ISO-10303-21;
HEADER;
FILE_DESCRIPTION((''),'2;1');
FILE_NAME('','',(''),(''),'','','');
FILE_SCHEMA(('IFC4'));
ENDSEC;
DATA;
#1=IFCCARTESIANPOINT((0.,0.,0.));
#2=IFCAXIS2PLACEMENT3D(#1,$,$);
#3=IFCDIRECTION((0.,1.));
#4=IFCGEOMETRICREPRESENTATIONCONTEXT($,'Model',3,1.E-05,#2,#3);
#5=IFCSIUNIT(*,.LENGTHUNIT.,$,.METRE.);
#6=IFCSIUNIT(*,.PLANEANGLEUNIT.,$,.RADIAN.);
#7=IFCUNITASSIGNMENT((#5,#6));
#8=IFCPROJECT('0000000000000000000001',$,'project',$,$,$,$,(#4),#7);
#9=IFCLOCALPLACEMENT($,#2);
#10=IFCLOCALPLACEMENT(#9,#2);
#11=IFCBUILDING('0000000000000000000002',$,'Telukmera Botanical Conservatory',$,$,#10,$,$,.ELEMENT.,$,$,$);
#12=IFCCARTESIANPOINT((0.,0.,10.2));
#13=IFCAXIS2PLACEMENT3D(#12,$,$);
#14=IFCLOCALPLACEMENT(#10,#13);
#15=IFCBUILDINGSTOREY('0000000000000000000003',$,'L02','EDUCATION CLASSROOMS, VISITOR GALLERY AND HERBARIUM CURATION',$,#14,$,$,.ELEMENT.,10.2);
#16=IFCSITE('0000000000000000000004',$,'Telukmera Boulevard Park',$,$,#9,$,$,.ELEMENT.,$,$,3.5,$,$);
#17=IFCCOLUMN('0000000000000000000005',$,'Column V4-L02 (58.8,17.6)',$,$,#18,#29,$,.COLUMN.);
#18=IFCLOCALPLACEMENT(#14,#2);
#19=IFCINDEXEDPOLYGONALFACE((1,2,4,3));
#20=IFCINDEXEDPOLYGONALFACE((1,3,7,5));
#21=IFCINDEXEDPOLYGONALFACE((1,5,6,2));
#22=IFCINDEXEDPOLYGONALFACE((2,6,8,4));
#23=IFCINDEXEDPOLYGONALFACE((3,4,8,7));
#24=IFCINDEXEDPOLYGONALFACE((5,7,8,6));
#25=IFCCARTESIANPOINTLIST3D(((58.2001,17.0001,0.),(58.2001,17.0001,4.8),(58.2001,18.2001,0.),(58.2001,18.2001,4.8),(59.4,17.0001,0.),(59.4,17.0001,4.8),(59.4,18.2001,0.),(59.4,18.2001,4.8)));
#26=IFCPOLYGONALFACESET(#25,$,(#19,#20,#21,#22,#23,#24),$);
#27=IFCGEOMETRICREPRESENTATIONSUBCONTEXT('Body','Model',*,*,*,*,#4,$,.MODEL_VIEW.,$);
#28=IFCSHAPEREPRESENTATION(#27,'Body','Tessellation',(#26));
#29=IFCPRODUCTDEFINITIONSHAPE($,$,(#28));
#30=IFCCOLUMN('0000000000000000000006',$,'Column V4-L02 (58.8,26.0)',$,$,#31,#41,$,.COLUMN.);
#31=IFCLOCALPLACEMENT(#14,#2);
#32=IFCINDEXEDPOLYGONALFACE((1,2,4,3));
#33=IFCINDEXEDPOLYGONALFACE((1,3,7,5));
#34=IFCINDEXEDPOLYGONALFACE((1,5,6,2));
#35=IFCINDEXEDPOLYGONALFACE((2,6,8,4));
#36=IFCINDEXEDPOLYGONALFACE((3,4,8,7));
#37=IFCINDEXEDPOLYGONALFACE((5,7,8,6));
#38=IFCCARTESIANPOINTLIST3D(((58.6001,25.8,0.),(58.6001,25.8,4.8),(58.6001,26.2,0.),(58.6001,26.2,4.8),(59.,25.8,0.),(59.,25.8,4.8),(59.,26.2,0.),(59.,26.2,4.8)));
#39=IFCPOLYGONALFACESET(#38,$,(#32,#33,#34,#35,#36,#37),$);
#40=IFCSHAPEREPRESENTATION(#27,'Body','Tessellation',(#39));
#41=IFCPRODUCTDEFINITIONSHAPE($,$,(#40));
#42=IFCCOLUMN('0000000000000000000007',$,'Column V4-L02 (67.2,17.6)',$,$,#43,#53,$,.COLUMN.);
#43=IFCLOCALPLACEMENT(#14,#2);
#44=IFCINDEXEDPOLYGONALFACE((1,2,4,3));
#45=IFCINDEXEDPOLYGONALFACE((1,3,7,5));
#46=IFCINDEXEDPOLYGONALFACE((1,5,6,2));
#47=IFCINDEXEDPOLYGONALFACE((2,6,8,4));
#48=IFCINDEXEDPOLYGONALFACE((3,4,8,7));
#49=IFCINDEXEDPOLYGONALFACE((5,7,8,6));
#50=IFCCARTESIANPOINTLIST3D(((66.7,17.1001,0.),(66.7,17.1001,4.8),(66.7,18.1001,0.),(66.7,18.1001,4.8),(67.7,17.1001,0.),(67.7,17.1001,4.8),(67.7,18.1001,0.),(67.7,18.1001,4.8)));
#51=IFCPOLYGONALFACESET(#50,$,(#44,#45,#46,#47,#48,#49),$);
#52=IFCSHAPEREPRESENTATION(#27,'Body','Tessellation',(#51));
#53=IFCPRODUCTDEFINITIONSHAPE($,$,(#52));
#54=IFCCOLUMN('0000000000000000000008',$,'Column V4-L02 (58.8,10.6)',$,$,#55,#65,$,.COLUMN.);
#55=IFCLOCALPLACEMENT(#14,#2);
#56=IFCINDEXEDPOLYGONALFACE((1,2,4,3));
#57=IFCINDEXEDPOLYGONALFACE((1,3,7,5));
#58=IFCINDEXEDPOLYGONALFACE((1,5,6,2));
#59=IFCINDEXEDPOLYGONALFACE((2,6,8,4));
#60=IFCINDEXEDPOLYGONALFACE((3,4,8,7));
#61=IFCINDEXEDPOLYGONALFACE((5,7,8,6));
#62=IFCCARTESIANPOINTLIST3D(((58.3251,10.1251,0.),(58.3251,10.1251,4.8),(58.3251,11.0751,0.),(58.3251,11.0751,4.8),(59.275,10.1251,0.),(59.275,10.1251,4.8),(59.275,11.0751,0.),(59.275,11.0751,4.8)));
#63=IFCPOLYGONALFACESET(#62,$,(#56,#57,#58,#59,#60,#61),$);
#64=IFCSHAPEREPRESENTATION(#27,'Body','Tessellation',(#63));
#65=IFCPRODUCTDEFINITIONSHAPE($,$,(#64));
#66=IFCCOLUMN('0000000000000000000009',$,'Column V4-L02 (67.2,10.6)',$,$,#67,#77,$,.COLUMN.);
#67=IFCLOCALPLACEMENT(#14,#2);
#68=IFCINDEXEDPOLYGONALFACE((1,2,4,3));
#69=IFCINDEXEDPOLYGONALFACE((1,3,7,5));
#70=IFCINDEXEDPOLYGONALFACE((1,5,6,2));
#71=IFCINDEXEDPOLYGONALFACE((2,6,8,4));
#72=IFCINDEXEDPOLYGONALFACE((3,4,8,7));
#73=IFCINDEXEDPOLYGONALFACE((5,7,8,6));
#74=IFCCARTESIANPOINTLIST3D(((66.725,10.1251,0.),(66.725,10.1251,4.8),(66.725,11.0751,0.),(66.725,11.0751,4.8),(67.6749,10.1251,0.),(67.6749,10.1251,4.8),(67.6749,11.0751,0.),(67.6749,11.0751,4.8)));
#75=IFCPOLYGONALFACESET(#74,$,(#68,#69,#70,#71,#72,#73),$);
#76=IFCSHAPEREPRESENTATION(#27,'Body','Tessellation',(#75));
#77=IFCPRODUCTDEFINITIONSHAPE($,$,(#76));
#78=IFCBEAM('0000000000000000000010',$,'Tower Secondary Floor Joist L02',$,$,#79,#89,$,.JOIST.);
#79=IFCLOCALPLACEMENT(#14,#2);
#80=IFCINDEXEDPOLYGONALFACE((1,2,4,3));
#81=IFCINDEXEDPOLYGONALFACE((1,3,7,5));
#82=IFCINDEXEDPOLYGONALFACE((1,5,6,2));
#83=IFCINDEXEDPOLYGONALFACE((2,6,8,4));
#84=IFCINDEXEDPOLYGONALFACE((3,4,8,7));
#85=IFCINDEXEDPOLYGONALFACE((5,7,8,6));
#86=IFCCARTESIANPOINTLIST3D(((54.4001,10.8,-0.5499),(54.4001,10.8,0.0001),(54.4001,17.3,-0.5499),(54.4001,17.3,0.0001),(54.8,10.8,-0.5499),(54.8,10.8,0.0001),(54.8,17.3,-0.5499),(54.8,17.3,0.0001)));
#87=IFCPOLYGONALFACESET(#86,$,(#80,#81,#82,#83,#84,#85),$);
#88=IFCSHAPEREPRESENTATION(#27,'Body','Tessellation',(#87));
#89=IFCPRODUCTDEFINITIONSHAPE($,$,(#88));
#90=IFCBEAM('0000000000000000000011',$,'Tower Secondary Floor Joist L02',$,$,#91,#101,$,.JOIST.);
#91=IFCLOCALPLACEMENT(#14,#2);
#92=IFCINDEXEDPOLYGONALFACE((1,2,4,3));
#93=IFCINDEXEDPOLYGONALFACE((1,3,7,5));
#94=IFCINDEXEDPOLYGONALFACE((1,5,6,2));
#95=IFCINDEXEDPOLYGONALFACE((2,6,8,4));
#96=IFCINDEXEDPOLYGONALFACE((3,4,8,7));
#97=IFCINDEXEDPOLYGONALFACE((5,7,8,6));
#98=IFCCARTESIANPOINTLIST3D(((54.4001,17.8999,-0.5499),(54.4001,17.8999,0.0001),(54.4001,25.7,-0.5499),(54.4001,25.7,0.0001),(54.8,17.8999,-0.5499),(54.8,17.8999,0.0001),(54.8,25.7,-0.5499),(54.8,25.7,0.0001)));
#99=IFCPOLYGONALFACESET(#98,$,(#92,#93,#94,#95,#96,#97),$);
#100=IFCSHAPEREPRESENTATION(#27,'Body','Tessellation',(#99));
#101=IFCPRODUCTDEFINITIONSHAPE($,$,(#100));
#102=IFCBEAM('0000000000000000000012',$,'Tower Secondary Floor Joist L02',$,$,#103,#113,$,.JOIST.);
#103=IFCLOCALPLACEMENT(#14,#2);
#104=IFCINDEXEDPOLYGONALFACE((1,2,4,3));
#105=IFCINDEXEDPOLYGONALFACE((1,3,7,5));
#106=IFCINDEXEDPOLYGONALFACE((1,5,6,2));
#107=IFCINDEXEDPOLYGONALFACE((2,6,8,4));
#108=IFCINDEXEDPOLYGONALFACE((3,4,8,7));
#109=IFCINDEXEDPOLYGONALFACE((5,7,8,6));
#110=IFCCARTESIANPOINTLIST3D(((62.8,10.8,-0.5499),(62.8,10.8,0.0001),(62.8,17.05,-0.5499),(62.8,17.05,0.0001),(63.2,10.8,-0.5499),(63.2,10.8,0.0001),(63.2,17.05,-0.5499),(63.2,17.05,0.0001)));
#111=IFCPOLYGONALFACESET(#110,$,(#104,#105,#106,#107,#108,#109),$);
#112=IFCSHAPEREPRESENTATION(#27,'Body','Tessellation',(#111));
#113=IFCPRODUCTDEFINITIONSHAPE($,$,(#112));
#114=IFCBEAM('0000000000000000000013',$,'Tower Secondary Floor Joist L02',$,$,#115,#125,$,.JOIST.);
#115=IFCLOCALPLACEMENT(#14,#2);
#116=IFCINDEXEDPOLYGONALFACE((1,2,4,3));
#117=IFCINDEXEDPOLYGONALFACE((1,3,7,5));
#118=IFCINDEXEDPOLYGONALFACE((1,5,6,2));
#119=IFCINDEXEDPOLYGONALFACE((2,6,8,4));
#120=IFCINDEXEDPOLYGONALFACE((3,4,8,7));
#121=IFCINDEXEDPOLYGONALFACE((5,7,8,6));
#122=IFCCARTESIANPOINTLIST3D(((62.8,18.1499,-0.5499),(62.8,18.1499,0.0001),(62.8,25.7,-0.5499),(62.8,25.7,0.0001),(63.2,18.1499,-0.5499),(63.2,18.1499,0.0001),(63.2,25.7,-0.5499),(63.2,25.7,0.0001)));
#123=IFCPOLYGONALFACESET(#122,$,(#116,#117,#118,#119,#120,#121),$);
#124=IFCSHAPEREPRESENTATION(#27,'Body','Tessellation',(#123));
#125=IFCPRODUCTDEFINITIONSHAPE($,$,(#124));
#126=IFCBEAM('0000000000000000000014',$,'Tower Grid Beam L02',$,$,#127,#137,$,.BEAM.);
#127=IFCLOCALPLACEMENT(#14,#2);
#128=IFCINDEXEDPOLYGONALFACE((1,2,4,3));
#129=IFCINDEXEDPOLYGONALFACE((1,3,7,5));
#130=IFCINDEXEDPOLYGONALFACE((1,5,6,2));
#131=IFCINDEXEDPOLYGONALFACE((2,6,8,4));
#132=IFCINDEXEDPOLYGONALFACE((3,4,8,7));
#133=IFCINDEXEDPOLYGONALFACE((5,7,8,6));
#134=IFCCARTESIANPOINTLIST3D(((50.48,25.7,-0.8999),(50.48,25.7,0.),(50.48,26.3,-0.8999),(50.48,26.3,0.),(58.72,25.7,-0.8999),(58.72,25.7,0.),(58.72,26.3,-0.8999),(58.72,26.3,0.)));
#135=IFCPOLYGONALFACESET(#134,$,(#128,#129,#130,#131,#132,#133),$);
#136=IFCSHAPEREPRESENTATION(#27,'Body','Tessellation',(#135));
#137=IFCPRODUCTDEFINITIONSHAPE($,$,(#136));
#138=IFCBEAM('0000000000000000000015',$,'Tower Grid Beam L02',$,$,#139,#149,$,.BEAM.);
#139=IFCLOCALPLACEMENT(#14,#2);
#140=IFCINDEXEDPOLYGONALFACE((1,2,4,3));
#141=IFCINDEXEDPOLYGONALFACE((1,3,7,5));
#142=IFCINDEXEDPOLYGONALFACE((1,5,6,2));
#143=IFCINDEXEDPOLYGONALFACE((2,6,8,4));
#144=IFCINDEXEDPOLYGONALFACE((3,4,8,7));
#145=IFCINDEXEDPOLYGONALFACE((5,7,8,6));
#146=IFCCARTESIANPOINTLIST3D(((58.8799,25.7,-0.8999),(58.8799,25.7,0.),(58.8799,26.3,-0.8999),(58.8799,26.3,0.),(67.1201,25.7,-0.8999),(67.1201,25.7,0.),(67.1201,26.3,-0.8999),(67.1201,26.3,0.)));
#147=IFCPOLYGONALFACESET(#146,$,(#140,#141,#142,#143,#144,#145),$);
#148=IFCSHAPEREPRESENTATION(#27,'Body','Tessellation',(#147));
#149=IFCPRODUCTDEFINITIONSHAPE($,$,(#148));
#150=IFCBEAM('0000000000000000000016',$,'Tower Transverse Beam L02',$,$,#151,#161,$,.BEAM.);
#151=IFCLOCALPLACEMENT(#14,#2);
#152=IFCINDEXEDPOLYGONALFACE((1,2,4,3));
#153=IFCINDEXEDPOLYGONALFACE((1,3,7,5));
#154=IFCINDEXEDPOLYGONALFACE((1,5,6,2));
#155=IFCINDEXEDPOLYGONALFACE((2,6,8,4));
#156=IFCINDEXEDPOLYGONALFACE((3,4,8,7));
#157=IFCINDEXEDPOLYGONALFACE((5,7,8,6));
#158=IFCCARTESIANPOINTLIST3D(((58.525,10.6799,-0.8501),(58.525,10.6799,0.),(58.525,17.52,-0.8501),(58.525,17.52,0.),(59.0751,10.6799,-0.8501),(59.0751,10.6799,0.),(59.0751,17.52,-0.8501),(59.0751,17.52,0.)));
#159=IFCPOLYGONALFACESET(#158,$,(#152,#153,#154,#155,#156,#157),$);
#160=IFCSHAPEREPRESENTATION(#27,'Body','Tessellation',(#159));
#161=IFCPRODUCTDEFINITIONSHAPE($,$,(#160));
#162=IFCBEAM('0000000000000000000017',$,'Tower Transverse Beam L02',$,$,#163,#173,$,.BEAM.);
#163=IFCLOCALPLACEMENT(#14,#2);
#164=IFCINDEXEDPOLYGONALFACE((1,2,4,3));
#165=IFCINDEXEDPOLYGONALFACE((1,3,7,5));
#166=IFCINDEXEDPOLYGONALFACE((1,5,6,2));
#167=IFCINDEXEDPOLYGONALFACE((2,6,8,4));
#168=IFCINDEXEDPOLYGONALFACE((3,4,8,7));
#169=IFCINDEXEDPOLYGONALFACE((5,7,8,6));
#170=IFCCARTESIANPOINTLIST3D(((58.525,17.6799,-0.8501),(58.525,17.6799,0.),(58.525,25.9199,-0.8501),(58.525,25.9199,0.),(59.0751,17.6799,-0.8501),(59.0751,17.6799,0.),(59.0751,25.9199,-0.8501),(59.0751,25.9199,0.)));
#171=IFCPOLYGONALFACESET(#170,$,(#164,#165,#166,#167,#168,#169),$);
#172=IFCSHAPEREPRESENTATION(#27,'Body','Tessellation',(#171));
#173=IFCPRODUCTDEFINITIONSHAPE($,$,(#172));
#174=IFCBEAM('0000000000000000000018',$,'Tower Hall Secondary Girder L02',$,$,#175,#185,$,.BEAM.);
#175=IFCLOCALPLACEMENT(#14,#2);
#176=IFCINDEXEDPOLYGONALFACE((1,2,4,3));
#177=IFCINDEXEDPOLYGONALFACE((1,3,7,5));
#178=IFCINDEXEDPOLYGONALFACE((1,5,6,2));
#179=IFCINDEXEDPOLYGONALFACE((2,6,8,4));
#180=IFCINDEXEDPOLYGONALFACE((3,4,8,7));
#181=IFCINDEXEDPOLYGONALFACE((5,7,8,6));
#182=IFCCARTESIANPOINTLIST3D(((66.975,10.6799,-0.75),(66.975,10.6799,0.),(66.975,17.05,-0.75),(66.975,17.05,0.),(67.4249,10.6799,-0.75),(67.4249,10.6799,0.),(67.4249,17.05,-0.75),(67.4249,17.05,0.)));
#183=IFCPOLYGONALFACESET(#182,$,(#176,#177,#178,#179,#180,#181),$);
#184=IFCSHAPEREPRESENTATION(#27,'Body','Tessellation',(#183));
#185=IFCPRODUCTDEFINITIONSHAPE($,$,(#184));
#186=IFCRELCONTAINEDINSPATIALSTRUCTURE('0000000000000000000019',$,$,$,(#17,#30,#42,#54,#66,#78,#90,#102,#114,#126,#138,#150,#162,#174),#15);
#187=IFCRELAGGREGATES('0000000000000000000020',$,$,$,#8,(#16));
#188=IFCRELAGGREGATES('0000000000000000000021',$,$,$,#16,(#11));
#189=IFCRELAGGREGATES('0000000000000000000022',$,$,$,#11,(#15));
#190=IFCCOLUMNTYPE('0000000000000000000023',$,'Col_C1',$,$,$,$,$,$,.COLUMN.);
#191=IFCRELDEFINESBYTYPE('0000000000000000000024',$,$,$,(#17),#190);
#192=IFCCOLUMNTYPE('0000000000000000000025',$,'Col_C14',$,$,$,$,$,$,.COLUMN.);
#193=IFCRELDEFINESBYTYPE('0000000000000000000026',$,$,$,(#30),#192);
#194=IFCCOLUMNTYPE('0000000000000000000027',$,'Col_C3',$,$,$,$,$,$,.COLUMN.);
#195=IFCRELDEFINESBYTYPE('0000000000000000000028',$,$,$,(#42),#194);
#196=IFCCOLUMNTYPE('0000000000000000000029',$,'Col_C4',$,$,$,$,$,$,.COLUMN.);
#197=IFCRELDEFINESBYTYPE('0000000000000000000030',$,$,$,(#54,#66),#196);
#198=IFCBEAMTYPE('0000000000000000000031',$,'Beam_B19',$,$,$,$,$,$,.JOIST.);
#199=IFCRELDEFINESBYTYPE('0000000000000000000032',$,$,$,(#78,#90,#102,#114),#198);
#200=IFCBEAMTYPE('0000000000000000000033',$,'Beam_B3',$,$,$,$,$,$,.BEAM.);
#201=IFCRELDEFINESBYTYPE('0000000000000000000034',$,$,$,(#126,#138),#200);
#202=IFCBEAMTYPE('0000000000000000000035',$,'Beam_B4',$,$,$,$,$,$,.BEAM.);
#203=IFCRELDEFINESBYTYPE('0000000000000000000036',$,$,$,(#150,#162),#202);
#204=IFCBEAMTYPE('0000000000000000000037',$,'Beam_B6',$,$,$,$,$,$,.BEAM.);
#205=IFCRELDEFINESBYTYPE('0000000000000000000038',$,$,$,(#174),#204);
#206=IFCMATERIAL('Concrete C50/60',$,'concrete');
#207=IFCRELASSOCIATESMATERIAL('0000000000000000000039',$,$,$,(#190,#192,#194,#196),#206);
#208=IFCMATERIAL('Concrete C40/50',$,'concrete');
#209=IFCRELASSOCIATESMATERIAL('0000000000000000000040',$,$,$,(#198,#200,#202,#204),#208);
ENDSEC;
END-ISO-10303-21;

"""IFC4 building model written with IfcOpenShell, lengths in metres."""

from ifc_helpers import new_model, si_unit, direction, frame, origin, origin_2d, place, context, subcontext, project, spatial, rectangle, extrude, material, material_profile, profile_set, type_object, element, save


model = new_model("IFC4")

# Units and contexts
model_context = context("Model", 3, precision=1e-05, world=origin(), true_north=direction((0.0, 1.0)))
body_context = subcontext(model_context, "Body", "Model", "MODEL_VIEW")
ifc_project = project(units=[si_unit("LENGTHUNIT", "METRE"), si_unit("PLANEANGLEUNIT", "RADIAN")], contexts=[model_context])

# Site, building, storey
site_placement = place(None, origin())
site = spatial("IfcSite", under=ifc_project, at=site_placement, Name="Telukmera Boulevard Park", CompositionType="ELEMENT", RefElevation=3.5)
building_placement = place(site_placement, origin())
building = spatial("IfcBuilding", under=site, at=building_placement, Name="Telukmera Botanical Conservatory", CompositionType="ELEMENT")
storey_placement = place(building_placement, frame((0.0, 0.0, 10.2)))
storey = spatial("IfcBuildingStorey", under=building, at=storey_placement, Name="L02", Description="EDUCATION CLASSROOMS, VISITOR GALLERY AND HERBARIUM CURATION", CompositionType="ELEMENT", Elevation=10.2)

# Columns
ifc_material_1 = material(Name="Concrete C50/60", Category="concrete")
ifc_material_profile_1 = material_profile(ifc_material_1, rectangle(XDim=1.2, YDim=1.2, at=origin_2d()), Name="RC 1200x1200")
ifc_profile_set_1 = profile_set([ifc_material_profile_1], Name="Concrete C50/60")
column_type_1 = type_object("IfcColumnType", Name="Col_C1", PredefinedType="COLUMN", material=ifc_profile_set_1)
column_1_placement = place(storey_placement, frame((58.8, 17.6001, 0.0), z_axis=(0.0, 0.0, 1.0), x_axis=(1.0, 0.0, 0.0)))
element("IfcColumn", 1, at=column_1_placement, inside=storey, type_object=column_type_1, Name="Column V4-L02 (58.8,17.6)", PredefinedType="COLUMN", context=body_context, shape_type="SweptSolid", body=[
    extrude(rectangle(XDim=1.2, YDim=1.2, at=origin_2d()), origin(), (0.0, 0.0, 1.0), 4.8),
])
ifc_material_profile_2 = material_profile(ifc_material_1, rectangle(XDim=0.3999, YDim=0.3999, at=origin_2d()), Name="RC 400x400")
ifc_profile_set_2 = profile_set([ifc_material_profile_2], Name="Concrete C50/60")
column_type_2 = type_object("IfcColumnType", Name="Col_C14", PredefinedType="COLUMN", material=ifc_profile_set_2)
column_2_placement = place(storey_placement, frame((58.8, 26.0, 0.0), z_axis=(0.0, 0.0, 1.0), x_axis=(1.0, 0.0, 0.0)))
element("IfcColumn", 2, at=column_2_placement, inside=storey, type_object=column_type_2, Name="Column V4-L02 (58.8,26.0)", PredefinedType="COLUMN", context=body_context, shape_type="SweptSolid", body=[
    extrude(rectangle(XDim=0.3999, YDim=0.3999, at=origin_2d()), origin(), (0.0, 0.0, 1.0), 4.8),
])
ifc_material_profile_3 = material_profile(ifc_material_1, rectangle(XDim=1.0, YDim=1.0, at=origin_2d()), Name="RC 1000x1000")
ifc_profile_set_3 = profile_set([ifc_material_profile_3], Name="Concrete C50/60")
column_type_3 = type_object("IfcColumnType", Name="Col_C3", PredefinedType="COLUMN", material=ifc_profile_set_3)
column_3_placement = place(storey_placement, frame((67.2, 17.6001, 0.0), z_axis=(0.0, 0.0, 1.0), x_axis=(1.0, 0.0, 0.0)))
element("IfcColumn", 3, at=column_3_placement, inside=storey, type_object=column_type_3, Name="Column V4-L02 (67.2,17.6)", PredefinedType="COLUMN", context=body_context, shape_type="SweptSolid", body=[
    extrude(rectangle(XDim=1.0, YDim=1.0, at=origin_2d()), origin(), (0.0, 0.0, 1.0), 4.8),
])
ifc_material_profile_4 = material_profile(ifc_material_1, rectangle(XDim=0.95, YDim=0.95, at=origin_2d()), Name="RC 950x950")
ifc_profile_set_4 = profile_set([ifc_material_profile_4], Name="Concrete C50/60")
column_type_4 = type_object("IfcColumnType", Name="Col_C4", PredefinedType="COLUMN", material=ifc_profile_set_4)
for number, where, z_axis, x_axis, name in (
    (4, (58.8, 10.6001, 0.0), (0.0, 0.0, 1.0), (1.0, 0.0, 0.0), "Column V4-L02 (58.8,10.6)"),
    (5, (67.2, 10.6001, 0.0), (0.0, 0.0, 1.0), (1.0, 0.0, 0.0), "Column V4-L02 (67.2,10.6)"),
):
    element("IfcColumn", number, at=place(storey_placement, frame(where, z_axis=z_axis, x_axis=x_axis)), inside=storey, type_object=column_type_4, Name=name, PredefinedType="COLUMN", context=body_context, shape_type="SweptSolid", body=[
        extrude(rectangle(XDim=0.95, YDim=0.95, at=origin_2d()), origin(), (0.0, 0.0, 1.0), 4.8),
    ])

# Beams
ifc_material_2 = material(Name="Concrete C40/50", Category="concrete")
ifc_material_profile_5 = material_profile(ifc_material_2, rectangle(XDim=0.3999, YDim=0.55, at=origin_2d()), Name="RC 400x550")
ifc_profile_set_5 = profile_set([ifc_material_profile_5], Name="Concrete C40/50")
beam_type_1 = type_object("IfcBeamType", Name="Beam_B19", PredefinedType="JOIST", material=ifc_profile_set_5)
beam_1_placement = place(storey_placement, frame((54.6001, 10.8, -0.2749), z_axis=(0.0, 1.0, 0.0), x_axis=(-1.0, 0.0, 0.0)))
element("IfcBeam", 6, at=beam_1_placement, inside=storey, type_object=beam_type_1, Name="Tower Secondary Floor Joist L02", PredefinedType="JOIST", context=body_context, shape_type="SweptSolid", body=[
    extrude(rectangle(XDim=0.3999, YDim=0.55, at=origin_2d()), origin(), (0.0, 0.0, 1.0), 6.5),
])
beam_2_placement = place(storey_placement, frame((54.6001, 17.8999, -0.2749), z_axis=(0.0, 1.0, 0.0), x_axis=(-1.0, 0.0, 0.0)))
element("IfcBeam", 7, at=beam_2_placement, inside=storey, type_object=beam_type_1, Name="Tower Secondary Floor Joist L02", PredefinedType="JOIST", context=body_context, shape_type="SweptSolid", body=[
    extrude(rectangle(XDim=0.3999, YDim=0.55, at=origin_2d()), origin(), (0.0, 0.0, 1.0), 7.8),
])
beam_3_placement = place(storey_placement, frame((63.0, 10.8, -0.2749), z_axis=(0.0, 1.0, 0.0), x_axis=(-1.0, 0.0, 0.0)))
element("IfcBeam", 8, at=beam_3_placement, inside=storey, type_object=beam_type_1, Name="Tower Secondary Floor Joist L02", PredefinedType="JOIST", context=body_context, shape_type="SweptSolid", body=[
    extrude(rectangle(XDim=0.3999, YDim=0.55, at=origin_2d()), origin(), (0.0, 0.0, 1.0), 6.25),
])
beam_4_placement = place(storey_placement, frame((63.0, 18.1499, -0.2749), z_axis=(0.0, 1.0, 0.0), x_axis=(-1.0, 0.0, 0.0)))
element("IfcBeam", 9, at=beam_4_placement, inside=storey, type_object=beam_type_1, Name="Tower Secondary Floor Joist L02", PredefinedType="JOIST", context=body_context, shape_type="SweptSolid", body=[
    extrude(rectangle(XDim=0.3999, YDim=0.55, at=origin_2d()), origin(), (0.0, 0.0, 1.0), 7.55),
])
ifc_material_profile_6 = material_profile(ifc_material_2, rectangle(XDim=0.6001, YDim=0.8999, at=origin_2d()), Name="RC 600x900")
ifc_profile_set_6 = profile_set([ifc_material_profile_6], Name="Concrete C40/50")
beam_type_2 = type_object("IfcBeamType", Name="Beam_B3", PredefinedType="BEAM", material=ifc_profile_set_6)
beam_5_placement = place(storey_placement, frame((50.48, 26.0, -0.45), z_axis=(1.0, 0.0, 0.0), x_axis=(0.0, 1.0, 0.0)))
element("IfcBeam", 10, at=beam_5_placement, inside=storey, type_object=beam_type_2, Name="Tower Grid Beam L02", PredefinedType="BEAM", context=body_context, shape_type="SweptSolid", body=[
    extrude(rectangle(XDim=0.6001, YDim=0.8999, at=origin_2d()), origin(), (0.0, 0.0, 1.0), 8.24),
])
beam_6_placement = place(storey_placement, frame((58.8799, 26.0, -0.45), z_axis=(1.0, 0.0, 0.0), x_axis=(0.0, 1.0, 0.0)))
element("IfcBeam", 11, at=beam_6_placement, inside=storey, type_object=beam_type_2, Name="Tower Grid Beam L02", PredefinedType="BEAM", context=body_context, shape_type="SweptSolid", body=[
    extrude(rectangle(XDim=0.6001, YDim=0.8999, at=origin_2d()), origin(), (0.0, 0.0, 1.0), 8.2402),
])
ifc_material_profile_7 = material_profile(ifc_material_2, rectangle(XDim=0.55, YDim=0.8501, at=origin_2d()), Name="RC 550x850")
ifc_profile_set_7 = profile_set([ifc_material_profile_7], Name="Concrete C40/50")
beam_type_3 = type_object("IfcBeamType", Name="Beam_B4", PredefinedType="BEAM", material=ifc_profile_set_7)
beam_7_placement = place(storey_placement, frame((58.8, 10.6799, -0.425), z_axis=(0.0, 1.0, 0.0), x_axis=(-1.0, 0.0, 0.0)))
element("IfcBeam", 12, at=beam_7_placement, inside=storey, type_object=beam_type_3, Name="Tower Transverse Beam L02", PredefinedType="BEAM", context=body_context, shape_type="SweptSolid", body=[
    extrude(rectangle(XDim=0.55, YDim=0.8501, at=origin_2d()), origin(), (0.0, 0.0, 1.0), 6.8401),
])
beam_8_placement = place(storey_placement, frame((58.8, 17.6799, -0.425), z_axis=(0.0, 1.0, 0.0), x_axis=(-1.0, 0.0, 0.0)))
element("IfcBeam", 13, at=beam_8_placement, inside=storey, type_object=beam_type_3, Name="Tower Transverse Beam L02", PredefinedType="BEAM", context=body_context, shape_type="SweptSolid", body=[
    extrude(rectangle(XDim=0.55, YDim=0.8501, at=origin_2d()), origin(), (0.0, 0.0, 1.0), 8.24),
])
ifc_material_profile_8 = material_profile(ifc_material_2, rectangle(XDim=0.45, YDim=0.75, at=origin_2d()), Name="RC 450x750")
ifc_profile_set_8 = profile_set([ifc_material_profile_8], Name="Concrete C40/50")
beam_type_4 = type_object("IfcBeamType", Name="Beam_B6", PredefinedType="BEAM", material=ifc_profile_set_8)
beam_9_placement = place(storey_placement, frame((67.2, 10.6799, -0.375), z_axis=(0.0, 1.0, 0.0), x_axis=(-1.0, 0.0, 0.0)))
element("IfcBeam", 14, at=beam_9_placement, inside=storey, type_object=beam_type_4, Name="Tower Hall Secondary Girder L02", PredefinedType="BEAM", context=body_context, shape_type="SweptSolid", body=[
    extrude(rectangle(XDim=0.45, YDim=0.75, at=origin_2d()), origin(), (0.0, 0.0, 1.0), 6.3701),
])

save(model, "model.ifc")
